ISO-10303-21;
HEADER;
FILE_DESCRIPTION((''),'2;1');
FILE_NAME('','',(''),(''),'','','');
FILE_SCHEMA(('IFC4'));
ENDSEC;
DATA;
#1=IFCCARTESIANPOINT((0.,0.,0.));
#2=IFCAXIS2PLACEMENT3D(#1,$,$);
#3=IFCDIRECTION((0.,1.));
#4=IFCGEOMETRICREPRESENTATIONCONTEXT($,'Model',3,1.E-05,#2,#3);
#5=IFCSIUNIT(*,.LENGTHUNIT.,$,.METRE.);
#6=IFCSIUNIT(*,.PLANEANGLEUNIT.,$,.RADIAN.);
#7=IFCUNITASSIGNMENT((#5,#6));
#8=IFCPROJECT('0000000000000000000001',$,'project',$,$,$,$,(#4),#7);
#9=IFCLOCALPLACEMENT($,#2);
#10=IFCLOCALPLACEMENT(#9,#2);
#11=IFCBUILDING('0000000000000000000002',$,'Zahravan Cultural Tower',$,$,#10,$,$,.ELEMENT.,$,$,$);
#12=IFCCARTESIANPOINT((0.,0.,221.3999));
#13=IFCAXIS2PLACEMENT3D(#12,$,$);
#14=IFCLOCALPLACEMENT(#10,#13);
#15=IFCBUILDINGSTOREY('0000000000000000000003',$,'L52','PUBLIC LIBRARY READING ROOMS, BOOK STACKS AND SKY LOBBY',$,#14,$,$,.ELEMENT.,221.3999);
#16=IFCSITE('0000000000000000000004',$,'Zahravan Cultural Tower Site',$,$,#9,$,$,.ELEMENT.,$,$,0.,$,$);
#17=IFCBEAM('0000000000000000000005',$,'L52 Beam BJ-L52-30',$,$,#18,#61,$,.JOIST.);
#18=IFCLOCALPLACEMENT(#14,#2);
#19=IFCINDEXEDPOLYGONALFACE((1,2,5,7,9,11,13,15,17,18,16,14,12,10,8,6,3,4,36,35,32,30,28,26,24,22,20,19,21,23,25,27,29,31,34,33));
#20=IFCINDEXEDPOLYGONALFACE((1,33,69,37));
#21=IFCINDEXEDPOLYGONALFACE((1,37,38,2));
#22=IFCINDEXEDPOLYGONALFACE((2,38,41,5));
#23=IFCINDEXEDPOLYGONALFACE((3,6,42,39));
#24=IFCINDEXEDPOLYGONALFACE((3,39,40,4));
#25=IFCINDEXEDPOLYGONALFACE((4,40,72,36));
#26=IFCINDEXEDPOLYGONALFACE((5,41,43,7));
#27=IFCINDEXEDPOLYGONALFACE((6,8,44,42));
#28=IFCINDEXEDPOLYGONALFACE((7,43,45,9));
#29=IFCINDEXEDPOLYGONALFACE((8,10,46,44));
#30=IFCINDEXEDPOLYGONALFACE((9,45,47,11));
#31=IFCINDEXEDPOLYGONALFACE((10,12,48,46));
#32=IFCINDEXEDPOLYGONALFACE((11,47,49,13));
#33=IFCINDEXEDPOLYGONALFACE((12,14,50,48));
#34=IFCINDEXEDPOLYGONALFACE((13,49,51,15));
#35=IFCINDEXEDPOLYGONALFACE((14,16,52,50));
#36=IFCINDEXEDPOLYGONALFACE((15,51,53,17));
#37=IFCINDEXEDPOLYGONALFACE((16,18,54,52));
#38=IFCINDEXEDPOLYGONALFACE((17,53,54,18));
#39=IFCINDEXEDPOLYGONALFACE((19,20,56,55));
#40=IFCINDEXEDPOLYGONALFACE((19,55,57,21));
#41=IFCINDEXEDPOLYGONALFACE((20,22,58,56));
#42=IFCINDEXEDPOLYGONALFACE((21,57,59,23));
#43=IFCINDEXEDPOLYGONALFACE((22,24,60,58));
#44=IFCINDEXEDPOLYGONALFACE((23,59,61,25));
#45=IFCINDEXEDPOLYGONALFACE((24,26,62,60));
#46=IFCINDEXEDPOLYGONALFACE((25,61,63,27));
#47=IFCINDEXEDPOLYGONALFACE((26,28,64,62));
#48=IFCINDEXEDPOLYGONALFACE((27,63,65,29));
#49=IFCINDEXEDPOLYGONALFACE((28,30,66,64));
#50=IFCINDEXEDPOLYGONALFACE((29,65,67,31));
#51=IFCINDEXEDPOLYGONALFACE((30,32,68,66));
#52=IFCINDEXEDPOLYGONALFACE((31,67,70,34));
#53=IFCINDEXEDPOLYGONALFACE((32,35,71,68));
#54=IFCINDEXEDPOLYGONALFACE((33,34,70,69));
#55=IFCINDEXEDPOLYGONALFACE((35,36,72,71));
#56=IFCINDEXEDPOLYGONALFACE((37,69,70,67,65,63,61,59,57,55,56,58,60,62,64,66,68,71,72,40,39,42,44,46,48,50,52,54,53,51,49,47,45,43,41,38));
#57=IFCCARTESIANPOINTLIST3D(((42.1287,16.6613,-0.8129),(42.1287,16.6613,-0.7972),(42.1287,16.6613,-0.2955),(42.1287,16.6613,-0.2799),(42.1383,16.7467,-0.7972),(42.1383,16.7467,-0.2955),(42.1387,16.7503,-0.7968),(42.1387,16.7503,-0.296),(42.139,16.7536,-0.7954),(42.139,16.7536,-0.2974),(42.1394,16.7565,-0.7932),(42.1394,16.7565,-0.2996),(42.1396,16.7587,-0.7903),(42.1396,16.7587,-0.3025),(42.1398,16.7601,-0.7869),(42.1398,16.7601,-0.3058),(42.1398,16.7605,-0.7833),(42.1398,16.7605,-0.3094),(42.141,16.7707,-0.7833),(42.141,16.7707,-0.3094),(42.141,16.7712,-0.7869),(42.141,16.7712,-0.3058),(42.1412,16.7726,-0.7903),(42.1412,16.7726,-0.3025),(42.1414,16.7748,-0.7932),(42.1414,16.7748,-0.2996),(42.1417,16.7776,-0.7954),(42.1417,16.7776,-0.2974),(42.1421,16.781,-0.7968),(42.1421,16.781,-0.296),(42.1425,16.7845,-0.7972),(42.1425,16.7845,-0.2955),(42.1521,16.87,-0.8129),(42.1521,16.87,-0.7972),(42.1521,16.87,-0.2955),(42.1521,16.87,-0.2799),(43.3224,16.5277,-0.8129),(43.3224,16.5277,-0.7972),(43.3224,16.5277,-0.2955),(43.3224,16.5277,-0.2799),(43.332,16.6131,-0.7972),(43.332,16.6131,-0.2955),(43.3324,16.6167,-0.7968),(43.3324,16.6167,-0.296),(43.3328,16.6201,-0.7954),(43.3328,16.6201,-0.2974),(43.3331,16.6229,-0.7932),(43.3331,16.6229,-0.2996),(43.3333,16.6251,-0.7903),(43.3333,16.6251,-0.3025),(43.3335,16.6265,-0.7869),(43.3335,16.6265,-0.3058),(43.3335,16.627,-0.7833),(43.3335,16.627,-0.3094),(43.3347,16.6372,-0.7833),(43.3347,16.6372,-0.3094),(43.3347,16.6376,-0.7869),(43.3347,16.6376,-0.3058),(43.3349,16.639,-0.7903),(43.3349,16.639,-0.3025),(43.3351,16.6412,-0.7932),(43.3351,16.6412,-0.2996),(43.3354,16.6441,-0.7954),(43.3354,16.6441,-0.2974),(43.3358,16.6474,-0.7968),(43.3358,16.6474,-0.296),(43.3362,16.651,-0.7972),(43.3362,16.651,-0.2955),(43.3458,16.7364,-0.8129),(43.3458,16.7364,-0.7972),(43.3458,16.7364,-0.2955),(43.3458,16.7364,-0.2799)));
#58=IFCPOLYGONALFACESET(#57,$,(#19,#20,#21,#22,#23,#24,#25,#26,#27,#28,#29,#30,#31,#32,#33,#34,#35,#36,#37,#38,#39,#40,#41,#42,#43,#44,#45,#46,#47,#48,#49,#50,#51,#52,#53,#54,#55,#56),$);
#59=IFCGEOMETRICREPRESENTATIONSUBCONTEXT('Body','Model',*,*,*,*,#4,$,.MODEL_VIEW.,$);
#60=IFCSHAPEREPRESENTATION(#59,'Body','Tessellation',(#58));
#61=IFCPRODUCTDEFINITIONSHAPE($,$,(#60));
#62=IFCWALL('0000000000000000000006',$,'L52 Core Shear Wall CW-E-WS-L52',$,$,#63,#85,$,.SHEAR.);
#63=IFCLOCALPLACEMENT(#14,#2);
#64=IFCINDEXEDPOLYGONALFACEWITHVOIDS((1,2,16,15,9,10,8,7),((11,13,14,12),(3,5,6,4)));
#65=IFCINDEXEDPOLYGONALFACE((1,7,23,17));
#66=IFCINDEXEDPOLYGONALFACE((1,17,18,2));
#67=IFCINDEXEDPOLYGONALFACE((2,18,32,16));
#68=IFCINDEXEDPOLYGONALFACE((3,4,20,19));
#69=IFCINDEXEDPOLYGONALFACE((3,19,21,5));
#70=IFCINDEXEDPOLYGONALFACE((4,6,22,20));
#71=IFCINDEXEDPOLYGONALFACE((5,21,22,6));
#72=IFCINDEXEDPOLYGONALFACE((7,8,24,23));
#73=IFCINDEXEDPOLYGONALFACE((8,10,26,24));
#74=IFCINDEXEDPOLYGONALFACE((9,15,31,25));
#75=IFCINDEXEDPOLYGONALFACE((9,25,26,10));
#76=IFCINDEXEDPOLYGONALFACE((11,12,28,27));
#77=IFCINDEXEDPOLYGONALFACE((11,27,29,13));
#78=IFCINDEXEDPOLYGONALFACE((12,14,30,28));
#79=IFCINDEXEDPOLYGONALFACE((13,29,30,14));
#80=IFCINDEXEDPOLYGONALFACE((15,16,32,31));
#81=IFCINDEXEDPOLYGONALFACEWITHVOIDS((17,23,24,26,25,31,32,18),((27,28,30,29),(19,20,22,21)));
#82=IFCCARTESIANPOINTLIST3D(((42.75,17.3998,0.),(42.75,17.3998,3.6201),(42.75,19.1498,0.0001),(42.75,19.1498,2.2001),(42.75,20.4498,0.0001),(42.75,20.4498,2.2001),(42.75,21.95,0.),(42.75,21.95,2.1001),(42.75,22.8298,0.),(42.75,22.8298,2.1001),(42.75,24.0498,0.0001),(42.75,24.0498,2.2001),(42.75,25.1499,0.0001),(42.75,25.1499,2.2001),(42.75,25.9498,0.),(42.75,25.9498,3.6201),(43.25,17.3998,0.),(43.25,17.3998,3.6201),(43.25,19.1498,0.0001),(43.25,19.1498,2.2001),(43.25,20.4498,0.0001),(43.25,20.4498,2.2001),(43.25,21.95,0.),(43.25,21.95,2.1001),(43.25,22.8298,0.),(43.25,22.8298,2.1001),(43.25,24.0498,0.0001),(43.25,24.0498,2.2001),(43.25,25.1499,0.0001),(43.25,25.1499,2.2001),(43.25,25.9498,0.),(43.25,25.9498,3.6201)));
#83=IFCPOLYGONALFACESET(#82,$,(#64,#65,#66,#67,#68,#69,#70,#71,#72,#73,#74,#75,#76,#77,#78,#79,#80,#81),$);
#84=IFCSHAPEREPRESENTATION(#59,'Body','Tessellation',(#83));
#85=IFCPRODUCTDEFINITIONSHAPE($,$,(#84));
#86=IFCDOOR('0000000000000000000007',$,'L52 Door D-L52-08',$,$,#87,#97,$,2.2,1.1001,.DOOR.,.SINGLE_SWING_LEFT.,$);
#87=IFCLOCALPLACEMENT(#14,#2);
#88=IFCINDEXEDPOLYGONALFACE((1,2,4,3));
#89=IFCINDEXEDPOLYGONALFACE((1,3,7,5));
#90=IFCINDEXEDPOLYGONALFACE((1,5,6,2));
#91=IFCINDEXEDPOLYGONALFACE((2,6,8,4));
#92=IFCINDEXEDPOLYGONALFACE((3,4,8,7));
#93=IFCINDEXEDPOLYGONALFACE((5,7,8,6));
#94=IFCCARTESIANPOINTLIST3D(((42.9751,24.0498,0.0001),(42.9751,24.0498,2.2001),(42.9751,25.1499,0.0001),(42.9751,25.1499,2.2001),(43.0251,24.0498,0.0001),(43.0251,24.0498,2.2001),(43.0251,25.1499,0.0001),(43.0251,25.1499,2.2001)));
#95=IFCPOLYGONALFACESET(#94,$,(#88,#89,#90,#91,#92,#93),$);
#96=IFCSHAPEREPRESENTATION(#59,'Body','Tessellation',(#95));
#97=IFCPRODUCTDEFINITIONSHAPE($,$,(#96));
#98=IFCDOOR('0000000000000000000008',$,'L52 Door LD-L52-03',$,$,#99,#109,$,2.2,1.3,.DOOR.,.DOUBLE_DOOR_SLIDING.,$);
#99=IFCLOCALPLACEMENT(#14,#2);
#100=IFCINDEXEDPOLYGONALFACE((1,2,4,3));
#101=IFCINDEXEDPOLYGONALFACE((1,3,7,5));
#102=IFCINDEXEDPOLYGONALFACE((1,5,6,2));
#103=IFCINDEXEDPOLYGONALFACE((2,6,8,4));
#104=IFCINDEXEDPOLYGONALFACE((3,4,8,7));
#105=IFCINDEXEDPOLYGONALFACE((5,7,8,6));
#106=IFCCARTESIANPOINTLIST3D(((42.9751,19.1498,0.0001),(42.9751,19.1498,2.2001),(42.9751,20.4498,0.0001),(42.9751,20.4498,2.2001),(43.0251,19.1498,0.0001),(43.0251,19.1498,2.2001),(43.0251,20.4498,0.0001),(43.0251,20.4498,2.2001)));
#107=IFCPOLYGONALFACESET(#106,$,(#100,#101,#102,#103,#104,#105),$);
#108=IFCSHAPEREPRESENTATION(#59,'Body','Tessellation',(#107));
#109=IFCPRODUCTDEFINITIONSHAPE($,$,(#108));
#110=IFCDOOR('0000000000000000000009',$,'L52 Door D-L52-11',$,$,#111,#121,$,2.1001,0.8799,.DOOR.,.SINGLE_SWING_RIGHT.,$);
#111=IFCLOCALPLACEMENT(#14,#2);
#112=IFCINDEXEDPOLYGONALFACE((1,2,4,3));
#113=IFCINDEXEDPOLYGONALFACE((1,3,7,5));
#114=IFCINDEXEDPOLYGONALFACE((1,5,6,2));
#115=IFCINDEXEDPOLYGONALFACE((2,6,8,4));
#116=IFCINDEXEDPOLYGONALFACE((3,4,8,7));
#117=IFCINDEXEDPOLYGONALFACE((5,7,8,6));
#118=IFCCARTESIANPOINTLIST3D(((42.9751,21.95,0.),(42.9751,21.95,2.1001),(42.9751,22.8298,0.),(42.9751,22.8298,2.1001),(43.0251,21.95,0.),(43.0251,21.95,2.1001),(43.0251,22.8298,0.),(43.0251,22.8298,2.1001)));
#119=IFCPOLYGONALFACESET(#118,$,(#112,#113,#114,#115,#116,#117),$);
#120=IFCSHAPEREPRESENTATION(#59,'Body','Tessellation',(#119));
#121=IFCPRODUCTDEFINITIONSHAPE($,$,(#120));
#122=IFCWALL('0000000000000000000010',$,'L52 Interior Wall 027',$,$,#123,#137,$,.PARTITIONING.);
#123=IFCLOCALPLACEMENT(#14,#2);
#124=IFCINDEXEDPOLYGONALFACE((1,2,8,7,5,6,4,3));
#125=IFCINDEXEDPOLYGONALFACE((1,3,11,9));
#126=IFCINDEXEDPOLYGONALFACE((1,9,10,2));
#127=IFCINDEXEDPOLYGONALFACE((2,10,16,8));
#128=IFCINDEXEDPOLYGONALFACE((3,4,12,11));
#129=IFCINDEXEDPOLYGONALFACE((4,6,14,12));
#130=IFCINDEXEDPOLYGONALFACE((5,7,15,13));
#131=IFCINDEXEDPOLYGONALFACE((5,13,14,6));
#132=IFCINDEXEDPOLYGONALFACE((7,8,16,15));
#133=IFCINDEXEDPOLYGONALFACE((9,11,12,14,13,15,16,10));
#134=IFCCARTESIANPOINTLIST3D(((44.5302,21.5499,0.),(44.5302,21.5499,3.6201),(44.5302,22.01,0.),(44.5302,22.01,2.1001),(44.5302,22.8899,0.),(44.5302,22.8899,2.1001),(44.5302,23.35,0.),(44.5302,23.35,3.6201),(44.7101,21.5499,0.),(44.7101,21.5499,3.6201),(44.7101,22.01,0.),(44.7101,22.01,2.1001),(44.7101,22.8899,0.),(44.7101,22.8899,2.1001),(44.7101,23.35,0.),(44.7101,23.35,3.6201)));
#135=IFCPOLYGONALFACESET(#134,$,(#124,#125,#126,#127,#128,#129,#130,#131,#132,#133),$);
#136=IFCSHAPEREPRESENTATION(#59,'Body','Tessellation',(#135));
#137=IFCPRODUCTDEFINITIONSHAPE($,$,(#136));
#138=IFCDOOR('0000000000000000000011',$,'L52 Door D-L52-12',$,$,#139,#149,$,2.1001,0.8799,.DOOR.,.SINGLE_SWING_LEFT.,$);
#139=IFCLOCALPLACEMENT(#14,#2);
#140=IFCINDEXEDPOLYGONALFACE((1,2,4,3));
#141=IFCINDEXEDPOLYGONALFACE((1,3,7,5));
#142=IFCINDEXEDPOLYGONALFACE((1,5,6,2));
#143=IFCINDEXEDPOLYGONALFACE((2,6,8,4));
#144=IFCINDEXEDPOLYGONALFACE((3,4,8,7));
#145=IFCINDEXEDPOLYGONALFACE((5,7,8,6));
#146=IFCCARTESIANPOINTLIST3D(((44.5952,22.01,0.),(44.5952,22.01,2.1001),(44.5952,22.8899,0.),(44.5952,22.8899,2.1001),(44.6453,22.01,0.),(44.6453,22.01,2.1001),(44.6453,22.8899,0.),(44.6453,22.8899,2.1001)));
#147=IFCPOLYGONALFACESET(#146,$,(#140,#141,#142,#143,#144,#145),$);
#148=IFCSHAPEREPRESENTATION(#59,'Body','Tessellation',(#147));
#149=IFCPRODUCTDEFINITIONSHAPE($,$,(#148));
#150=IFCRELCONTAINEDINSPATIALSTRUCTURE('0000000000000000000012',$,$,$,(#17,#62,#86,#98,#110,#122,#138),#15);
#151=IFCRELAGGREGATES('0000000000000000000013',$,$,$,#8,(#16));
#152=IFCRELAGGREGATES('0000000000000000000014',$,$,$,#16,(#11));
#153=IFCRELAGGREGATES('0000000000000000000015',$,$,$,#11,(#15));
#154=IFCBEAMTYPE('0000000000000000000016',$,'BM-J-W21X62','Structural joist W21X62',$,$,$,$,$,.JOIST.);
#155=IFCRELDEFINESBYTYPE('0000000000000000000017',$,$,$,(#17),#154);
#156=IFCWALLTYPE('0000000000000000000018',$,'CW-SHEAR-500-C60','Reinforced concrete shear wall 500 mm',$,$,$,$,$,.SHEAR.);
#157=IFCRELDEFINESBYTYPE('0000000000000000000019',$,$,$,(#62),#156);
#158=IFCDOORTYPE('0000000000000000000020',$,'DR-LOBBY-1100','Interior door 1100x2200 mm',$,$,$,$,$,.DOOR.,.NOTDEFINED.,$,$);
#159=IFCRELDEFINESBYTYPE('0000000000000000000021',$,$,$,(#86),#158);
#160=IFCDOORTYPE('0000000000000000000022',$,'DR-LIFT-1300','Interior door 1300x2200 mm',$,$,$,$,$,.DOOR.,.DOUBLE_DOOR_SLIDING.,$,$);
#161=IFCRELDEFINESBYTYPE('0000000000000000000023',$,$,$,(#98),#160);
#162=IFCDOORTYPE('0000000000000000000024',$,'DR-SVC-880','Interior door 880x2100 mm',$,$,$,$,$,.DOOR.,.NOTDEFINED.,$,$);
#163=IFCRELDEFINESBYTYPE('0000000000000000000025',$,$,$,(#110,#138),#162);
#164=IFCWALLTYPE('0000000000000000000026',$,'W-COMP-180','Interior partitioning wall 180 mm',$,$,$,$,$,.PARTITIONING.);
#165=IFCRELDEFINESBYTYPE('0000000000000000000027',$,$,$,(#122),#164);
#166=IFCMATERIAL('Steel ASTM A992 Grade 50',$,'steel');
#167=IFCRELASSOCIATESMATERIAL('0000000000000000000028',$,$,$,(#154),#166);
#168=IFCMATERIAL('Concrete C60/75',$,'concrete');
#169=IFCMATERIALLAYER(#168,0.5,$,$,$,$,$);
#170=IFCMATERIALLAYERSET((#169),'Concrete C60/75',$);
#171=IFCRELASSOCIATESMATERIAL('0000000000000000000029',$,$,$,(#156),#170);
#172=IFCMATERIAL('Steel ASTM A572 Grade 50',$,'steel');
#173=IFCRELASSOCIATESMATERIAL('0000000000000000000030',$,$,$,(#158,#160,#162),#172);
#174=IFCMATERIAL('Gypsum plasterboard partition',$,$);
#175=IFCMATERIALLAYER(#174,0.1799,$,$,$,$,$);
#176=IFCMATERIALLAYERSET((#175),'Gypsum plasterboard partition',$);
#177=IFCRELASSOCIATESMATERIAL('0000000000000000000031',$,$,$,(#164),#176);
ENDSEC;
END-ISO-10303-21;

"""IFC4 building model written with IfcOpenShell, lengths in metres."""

from ifc_helpers import new_model, si_unit, direction, frame, frame_2d, origin, origin_2d, place, context, subcontext, project, spatial, rectangle, i_section, extrude, source, transform, mapped, material, layer, layer_set, material_profile, profile_set, type_object, element, fill, save


model = new_model("IFC4")

# Units and contexts
model_context = context("Model", 3, precision=1e-05, world=origin(), true_north=direction((0.0, 1.0)))
body_context = subcontext(model_context, "Body", "Model", "MODEL_VIEW")
ifc_project = project(units=[si_unit("LENGTHUNIT", "METRE"), si_unit("PLANEANGLEUNIT", "RADIAN")], contexts=[model_context])

# Site, building, storey
site_placement = place(None, origin())
site = spatial("IfcSite", under=ifc_project, at=site_placement, Name="Zahravan Cultural Tower Site", CompositionType="ELEMENT", RefElevation=0.0)
building_placement = place(site_placement, origin())
building = spatial("IfcBuilding", under=site, at=building_placement, Name="Zahravan Cultural Tower", CompositionType="ELEMENT")
storey_placement = place(building_placement, frame((0.0, 0.0, 221.3999)))
storey = spatial("IfcBuildingStorey", under=building, at=storey_placement, Name="L52", Description="PUBLIC LIBRARY READING ROOMS, BOOK STACKS AND SKY LOBBY", CompositionType="ELEMENT", Elevation=221.3999)

# Beam
ifc_material_1 = material(Name="Steel ASTM A992 Grade 50", Category="steel")
ifc_material_profile_1 = material_profile(ifc_material_1, i_section(OverallWidth=0.21, OverallDepth=0.533, WebThickness=0.0103, FlangeThickness=0.0156, FilletRadius=0.0139, at=origin_2d()), Name="W21X62")
ifc_profile_set_1 = profile_set([ifc_material_profile_1], Name="Steel ASTM A992 Grade 50")
beam_type_1 = type_object("IfcBeamType", Name="BM-J-W21X62", Description="Structural joist W21X62", PredefinedType="JOIST", material=ifc_profile_set_1)
shared_shape_1 = source(origin(), body_context, "Body", "SweptSolid", [
    extrude(i_section(OverallWidth=0.21, OverallDepth=0.533, WebThickness=0.0103, FlangeThickness=0.0156, FilletRadius=0.0139, at=origin_2d()), origin(), (0.0, 0.0, 1.0), 1.2012),
])
beam_1_placement = place(storey_placement, frame((42.1404, 16.7656, -0.5464), z_axis=(0.993799, -0.11119, 0.0), x_axis=(0.11119, 0.993799, 0.0)))
element("IfcBeam", 1, at=beam_1_placement, inside=storey, type_object=beam_type_1, Name="L52 Beam BJ-L52-30", PredefinedType="JOIST", context=body_context, shape_type="MappedRepresentation", body=[
    mapped(shared_shape_1, transform((0.0, 0.0, 0.0), x_axis=(1.0, 0.0, 0.0), y_axis=(0.0, 1.0, 0.0), z_axis=(0.0, 0.0, 1.0), scale=1.0)),
])

# Wall, openings, doors
ifc_material_2 = material(Name="Concrete C60/75", Category="concrete")
ifc_layer_1 = layer(ifc_material_2, 0.5)
ifc_layer_set_1 = layer_set([ifc_layer_1], Name="Concrete C60/75")
wall_type_1 = type_object("IfcWallType", Name="CW-SHEAR-500-C60", Description="Reinforced concrete shear wall 500 mm", PredefinedType="SHEAR", material=ifc_layer_set_1)
wall_1_placement = place(storey_placement, frame((43.0, 17.3999, 0.0), z_axis=(0.0, 0.0, 1.0), x_axis=(0.0, 1.0, 0.0)))
wall_1 = element("IfcWall", 2, at=wall_1_placement, inside=storey, type_object=wall_type_1, Name="L52 Core Shear Wall CW-E-WS-L52", PredefinedType="SHEAR", context=body_context, shape_type="SweptSolid", body=[
    extrude(rectangle(XDim=8.55, YDim=0.5, at=frame_2d((4.2749, 0.0))), origin(), (0.0, 0.0, 1.0), 3.6201),
])
opening_1_placement = place(wall_1_placement, frame((6.6499, 0.0, 0.0)))
opening_1 = element("IfcOpeningElement", 3, at=opening_1_placement, cuts=wall_1, PredefinedType="OPENING", context=body_context, shape_type="SweptSolid", body=[
    extrude(rectangle(XDim=1.1001, YDim=2.2, at=frame_2d((0.55, 1.1001))), frame((0.0, 0.26, 0.0), z_axis=(0.0, -1.0, 0.0), x_axis=(1.0, 0.0, 0.0)), (0.0, 0.0, 1.0), 0.52),
])
opening_2_placement = place(wall_1_placement, frame((1.75, 0.0, 0.0)))
opening_2 = element("IfcOpeningElement", 4, at=opening_2_placement, cuts=wall_1, PredefinedType="OPENING", context=body_context, shape_type="SweptSolid", body=[
    extrude(rectangle(XDim=1.3, YDim=2.2, at=frame_2d((0.6499, 1.1001))), frame((0.0, 0.26, 0.0), z_axis=(0.0, -1.0, 0.0), x_axis=(1.0, 0.0, 0.0)), (0.0, 0.0, 1.0), 0.52),
])
opening_3_placement = place(wall_1_placement, frame((4.55, 0.0, 0.0)))
opening_3 = element("IfcOpeningElement", 5, at=opening_3_placement, cuts=wall_1, PredefinedType="OPENING", context=body_context, shape_type="SweptSolid", body=[
    extrude(rectangle(XDim=0.8799, YDim=2.1001, at=frame_2d((0.4399, 1.05))), frame((0.0, 0.26, 0.0), z_axis=(0.0, -1.0, 0.0), x_axis=(1.0, 0.0, 0.0)), (0.0, 0.0, 1.0), 0.52),
])
ifc_material_3 = material(Name="Steel ASTM A572 Grade 50", Category="steel")
door_type_1 = type_object("IfcDoorType", Name="DR-LOBBY-1100", Description="Interior door 1100x2200 mm", OperationType="NOTDEFINED", PredefinedType="DOOR", material=ifc_material_3)
shared_shape_2 = source(origin(), body_context, "Body", "SweptSolid", [
    extrude(rectangle(XDim=1.1001, YDim=2.2, at=frame_2d((0.55, 1.1001))), frame((0.0, 0.0249, 0.0), z_axis=(0.0, -1.0, 0.0), x_axis=(1.0, 0.0, 0.0)), (0.0, 0.0, 1.0), 0.05),
])
door_1_placement = place(opening_1_placement, origin())
door_1 = element("IfcDoor", 6, at=door_1_placement, inside=storey, type_object=door_type_1, Name="L52 Door D-L52-08", OperationType="SINGLE_SWING_LEFT", OverallHeight=2.2, OverallWidth=1.1001, PredefinedType="DOOR", context=body_context, shape_type="MappedRepresentation", body=[
    mapped(shared_shape_2, transform((0.0, 0.0, 0.0), x_axis=(1.0, 0.0, 0.0), y_axis=(0.0, 1.0, 0.0), z_axis=(0.0, 0.0, 1.0), scale=1.0)),
])
fill(opening_1, door_1)
door_type_2 = type_object("IfcDoorType", Name="DR-LIFT-1300", Description="Interior door 1300x2200 mm", OperationType="DOUBLE_DOOR_SLIDING", PredefinedType="DOOR", material=ifc_material_3)
shared_shape_3 = source(origin(), body_context, "Body", "SweptSolid", [
    extrude(rectangle(XDim=1.3, YDim=2.2, at=frame_2d((0.6499, 1.1001))), frame((0.0, 0.0249, 0.0), z_axis=(0.0, -1.0, 0.0), x_axis=(1.0, 0.0, 0.0)), (0.0, 0.0, 1.0), 0.05),
])
door_2_placement = place(opening_2_placement, origin())
door_2 = element("IfcDoor", 7, at=door_2_placement, inside=storey, type_object=door_type_2, Name="L52 Door LD-L52-03", OperationType="DOUBLE_DOOR_SLIDING", OverallHeight=2.2, OverallWidth=1.3, PredefinedType="DOOR", context=body_context, shape_type="MappedRepresentation", body=[
    mapped(shared_shape_3, transform((0.0, 0.0, 0.0), x_axis=(1.0, 0.0, 0.0), y_axis=(0.0, 1.0, 0.0), z_axis=(0.0, 0.0, 1.0), scale=1.0)),
])
fill(opening_2, door_2)
door_type_3 = type_object("IfcDoorType", Name="DR-SVC-880", Description="Interior door 880x2100 mm", OperationType="NOTDEFINED", PredefinedType="DOOR", material=ifc_material_3)
shared_shape_4 = source(origin(), body_context, "Body", "SweptSolid", [
    extrude(rectangle(XDim=0.8799, YDim=2.1001, at=frame_2d((0.4399, 1.05))), frame((0.0, 0.0249, 0.0), z_axis=(0.0, -1.0, 0.0), x_axis=(1.0, 0.0, 0.0)), (0.0, 0.0, 1.0), 0.05),
])
door_3_placement = place(opening_3_placement, origin())
door_3 = element("IfcDoor", 8, at=door_3_placement, inside=storey, type_object=door_type_3, Name="L52 Door D-L52-11", OperationType="SINGLE_SWING_RIGHT", OverallHeight=2.1001, OverallWidth=0.8799, PredefinedType="DOOR", context=body_context, shape_type="MappedRepresentation", body=[
    mapped(shared_shape_4, transform((0.0, 0.0, 0.0), x_axis=(1.0, 0.0, 0.0), y_axis=(0.0, 1.0, 0.0), z_axis=(0.0, 0.0, 1.0), scale=1.0)),
])
fill(opening_3, door_3)

# Wall, opening, door
ifc_material_4 = material(Name="Gypsum plasterboard partition")
ifc_layer_2 = layer(ifc_material_4, 0.1799)
ifc_layer_set_2 = layer_set([ifc_layer_2], Name="Gypsum plasterboard partition")
wall_type_2 = type_object("IfcWallType", Name="W-COMP-180", Description="Interior partitioning wall 180 mm", PredefinedType="PARTITIONING", material=ifc_layer_set_2)
wall_2_placement = place(storey_placement, frame((44.6201, 21.55, 0.0), z_axis=(0.0, 0.0, 1.0), x_axis=(0.0, 1.0, 0.0)))
wall_2 = element("IfcWall", 9, at=wall_2_placement, inside=storey, type_object=wall_type_2, Name="L52 Interior Wall 027", PredefinedType="PARTITIONING", context=body_context, shape_type="SweptSolid", body=[
    extrude(rectangle(XDim=1.8, YDim=0.1799, at=frame_2d((0.8999, 0.0))), origin(), (0.0, 0.0, 1.0), 3.6201),
])
opening_4_placement = place(wall_2_placement, frame((0.46, 0.0, 0.0)))
opening_4 = element("IfcOpeningElement", 10, at=opening_4_placement, cuts=wall_2, PredefinedType="OPENING", context=body_context, shape_type="SweptSolid", body=[
    extrude(rectangle(XDim=0.8799, YDim=2.1001, at=frame_2d((0.4399, 1.05))), frame((0.0, 0.0999, 0.0), z_axis=(0.0, -1.0, 0.0), x_axis=(1.0, 0.0, 0.0)), (0.0, 0.0, 1.0), 0.2),
])
door_4_placement = place(opening_4_placement, origin())
door_4 = element("IfcDoor", 11, at=door_4_placement, inside=storey, type_object=door_type_3, Name="L52 Door D-L52-12", OperationType="SINGLE_SWING_LEFT", OverallHeight=2.1001, OverallWidth=0.8799, PredefinedType="DOOR", context=body_context, shape_type="MappedRepresentation", body=[
    mapped(shared_shape_4, transform((0.0, 0.0, 0.0), x_axis=(1.0, 0.0, 0.0), y_axis=(0.0, 1.0, 0.0), z_axis=(0.0, 0.0, 1.0), scale=1.0)),
])
fill(opening_4, door_4)

save(model, "model.ifc")
